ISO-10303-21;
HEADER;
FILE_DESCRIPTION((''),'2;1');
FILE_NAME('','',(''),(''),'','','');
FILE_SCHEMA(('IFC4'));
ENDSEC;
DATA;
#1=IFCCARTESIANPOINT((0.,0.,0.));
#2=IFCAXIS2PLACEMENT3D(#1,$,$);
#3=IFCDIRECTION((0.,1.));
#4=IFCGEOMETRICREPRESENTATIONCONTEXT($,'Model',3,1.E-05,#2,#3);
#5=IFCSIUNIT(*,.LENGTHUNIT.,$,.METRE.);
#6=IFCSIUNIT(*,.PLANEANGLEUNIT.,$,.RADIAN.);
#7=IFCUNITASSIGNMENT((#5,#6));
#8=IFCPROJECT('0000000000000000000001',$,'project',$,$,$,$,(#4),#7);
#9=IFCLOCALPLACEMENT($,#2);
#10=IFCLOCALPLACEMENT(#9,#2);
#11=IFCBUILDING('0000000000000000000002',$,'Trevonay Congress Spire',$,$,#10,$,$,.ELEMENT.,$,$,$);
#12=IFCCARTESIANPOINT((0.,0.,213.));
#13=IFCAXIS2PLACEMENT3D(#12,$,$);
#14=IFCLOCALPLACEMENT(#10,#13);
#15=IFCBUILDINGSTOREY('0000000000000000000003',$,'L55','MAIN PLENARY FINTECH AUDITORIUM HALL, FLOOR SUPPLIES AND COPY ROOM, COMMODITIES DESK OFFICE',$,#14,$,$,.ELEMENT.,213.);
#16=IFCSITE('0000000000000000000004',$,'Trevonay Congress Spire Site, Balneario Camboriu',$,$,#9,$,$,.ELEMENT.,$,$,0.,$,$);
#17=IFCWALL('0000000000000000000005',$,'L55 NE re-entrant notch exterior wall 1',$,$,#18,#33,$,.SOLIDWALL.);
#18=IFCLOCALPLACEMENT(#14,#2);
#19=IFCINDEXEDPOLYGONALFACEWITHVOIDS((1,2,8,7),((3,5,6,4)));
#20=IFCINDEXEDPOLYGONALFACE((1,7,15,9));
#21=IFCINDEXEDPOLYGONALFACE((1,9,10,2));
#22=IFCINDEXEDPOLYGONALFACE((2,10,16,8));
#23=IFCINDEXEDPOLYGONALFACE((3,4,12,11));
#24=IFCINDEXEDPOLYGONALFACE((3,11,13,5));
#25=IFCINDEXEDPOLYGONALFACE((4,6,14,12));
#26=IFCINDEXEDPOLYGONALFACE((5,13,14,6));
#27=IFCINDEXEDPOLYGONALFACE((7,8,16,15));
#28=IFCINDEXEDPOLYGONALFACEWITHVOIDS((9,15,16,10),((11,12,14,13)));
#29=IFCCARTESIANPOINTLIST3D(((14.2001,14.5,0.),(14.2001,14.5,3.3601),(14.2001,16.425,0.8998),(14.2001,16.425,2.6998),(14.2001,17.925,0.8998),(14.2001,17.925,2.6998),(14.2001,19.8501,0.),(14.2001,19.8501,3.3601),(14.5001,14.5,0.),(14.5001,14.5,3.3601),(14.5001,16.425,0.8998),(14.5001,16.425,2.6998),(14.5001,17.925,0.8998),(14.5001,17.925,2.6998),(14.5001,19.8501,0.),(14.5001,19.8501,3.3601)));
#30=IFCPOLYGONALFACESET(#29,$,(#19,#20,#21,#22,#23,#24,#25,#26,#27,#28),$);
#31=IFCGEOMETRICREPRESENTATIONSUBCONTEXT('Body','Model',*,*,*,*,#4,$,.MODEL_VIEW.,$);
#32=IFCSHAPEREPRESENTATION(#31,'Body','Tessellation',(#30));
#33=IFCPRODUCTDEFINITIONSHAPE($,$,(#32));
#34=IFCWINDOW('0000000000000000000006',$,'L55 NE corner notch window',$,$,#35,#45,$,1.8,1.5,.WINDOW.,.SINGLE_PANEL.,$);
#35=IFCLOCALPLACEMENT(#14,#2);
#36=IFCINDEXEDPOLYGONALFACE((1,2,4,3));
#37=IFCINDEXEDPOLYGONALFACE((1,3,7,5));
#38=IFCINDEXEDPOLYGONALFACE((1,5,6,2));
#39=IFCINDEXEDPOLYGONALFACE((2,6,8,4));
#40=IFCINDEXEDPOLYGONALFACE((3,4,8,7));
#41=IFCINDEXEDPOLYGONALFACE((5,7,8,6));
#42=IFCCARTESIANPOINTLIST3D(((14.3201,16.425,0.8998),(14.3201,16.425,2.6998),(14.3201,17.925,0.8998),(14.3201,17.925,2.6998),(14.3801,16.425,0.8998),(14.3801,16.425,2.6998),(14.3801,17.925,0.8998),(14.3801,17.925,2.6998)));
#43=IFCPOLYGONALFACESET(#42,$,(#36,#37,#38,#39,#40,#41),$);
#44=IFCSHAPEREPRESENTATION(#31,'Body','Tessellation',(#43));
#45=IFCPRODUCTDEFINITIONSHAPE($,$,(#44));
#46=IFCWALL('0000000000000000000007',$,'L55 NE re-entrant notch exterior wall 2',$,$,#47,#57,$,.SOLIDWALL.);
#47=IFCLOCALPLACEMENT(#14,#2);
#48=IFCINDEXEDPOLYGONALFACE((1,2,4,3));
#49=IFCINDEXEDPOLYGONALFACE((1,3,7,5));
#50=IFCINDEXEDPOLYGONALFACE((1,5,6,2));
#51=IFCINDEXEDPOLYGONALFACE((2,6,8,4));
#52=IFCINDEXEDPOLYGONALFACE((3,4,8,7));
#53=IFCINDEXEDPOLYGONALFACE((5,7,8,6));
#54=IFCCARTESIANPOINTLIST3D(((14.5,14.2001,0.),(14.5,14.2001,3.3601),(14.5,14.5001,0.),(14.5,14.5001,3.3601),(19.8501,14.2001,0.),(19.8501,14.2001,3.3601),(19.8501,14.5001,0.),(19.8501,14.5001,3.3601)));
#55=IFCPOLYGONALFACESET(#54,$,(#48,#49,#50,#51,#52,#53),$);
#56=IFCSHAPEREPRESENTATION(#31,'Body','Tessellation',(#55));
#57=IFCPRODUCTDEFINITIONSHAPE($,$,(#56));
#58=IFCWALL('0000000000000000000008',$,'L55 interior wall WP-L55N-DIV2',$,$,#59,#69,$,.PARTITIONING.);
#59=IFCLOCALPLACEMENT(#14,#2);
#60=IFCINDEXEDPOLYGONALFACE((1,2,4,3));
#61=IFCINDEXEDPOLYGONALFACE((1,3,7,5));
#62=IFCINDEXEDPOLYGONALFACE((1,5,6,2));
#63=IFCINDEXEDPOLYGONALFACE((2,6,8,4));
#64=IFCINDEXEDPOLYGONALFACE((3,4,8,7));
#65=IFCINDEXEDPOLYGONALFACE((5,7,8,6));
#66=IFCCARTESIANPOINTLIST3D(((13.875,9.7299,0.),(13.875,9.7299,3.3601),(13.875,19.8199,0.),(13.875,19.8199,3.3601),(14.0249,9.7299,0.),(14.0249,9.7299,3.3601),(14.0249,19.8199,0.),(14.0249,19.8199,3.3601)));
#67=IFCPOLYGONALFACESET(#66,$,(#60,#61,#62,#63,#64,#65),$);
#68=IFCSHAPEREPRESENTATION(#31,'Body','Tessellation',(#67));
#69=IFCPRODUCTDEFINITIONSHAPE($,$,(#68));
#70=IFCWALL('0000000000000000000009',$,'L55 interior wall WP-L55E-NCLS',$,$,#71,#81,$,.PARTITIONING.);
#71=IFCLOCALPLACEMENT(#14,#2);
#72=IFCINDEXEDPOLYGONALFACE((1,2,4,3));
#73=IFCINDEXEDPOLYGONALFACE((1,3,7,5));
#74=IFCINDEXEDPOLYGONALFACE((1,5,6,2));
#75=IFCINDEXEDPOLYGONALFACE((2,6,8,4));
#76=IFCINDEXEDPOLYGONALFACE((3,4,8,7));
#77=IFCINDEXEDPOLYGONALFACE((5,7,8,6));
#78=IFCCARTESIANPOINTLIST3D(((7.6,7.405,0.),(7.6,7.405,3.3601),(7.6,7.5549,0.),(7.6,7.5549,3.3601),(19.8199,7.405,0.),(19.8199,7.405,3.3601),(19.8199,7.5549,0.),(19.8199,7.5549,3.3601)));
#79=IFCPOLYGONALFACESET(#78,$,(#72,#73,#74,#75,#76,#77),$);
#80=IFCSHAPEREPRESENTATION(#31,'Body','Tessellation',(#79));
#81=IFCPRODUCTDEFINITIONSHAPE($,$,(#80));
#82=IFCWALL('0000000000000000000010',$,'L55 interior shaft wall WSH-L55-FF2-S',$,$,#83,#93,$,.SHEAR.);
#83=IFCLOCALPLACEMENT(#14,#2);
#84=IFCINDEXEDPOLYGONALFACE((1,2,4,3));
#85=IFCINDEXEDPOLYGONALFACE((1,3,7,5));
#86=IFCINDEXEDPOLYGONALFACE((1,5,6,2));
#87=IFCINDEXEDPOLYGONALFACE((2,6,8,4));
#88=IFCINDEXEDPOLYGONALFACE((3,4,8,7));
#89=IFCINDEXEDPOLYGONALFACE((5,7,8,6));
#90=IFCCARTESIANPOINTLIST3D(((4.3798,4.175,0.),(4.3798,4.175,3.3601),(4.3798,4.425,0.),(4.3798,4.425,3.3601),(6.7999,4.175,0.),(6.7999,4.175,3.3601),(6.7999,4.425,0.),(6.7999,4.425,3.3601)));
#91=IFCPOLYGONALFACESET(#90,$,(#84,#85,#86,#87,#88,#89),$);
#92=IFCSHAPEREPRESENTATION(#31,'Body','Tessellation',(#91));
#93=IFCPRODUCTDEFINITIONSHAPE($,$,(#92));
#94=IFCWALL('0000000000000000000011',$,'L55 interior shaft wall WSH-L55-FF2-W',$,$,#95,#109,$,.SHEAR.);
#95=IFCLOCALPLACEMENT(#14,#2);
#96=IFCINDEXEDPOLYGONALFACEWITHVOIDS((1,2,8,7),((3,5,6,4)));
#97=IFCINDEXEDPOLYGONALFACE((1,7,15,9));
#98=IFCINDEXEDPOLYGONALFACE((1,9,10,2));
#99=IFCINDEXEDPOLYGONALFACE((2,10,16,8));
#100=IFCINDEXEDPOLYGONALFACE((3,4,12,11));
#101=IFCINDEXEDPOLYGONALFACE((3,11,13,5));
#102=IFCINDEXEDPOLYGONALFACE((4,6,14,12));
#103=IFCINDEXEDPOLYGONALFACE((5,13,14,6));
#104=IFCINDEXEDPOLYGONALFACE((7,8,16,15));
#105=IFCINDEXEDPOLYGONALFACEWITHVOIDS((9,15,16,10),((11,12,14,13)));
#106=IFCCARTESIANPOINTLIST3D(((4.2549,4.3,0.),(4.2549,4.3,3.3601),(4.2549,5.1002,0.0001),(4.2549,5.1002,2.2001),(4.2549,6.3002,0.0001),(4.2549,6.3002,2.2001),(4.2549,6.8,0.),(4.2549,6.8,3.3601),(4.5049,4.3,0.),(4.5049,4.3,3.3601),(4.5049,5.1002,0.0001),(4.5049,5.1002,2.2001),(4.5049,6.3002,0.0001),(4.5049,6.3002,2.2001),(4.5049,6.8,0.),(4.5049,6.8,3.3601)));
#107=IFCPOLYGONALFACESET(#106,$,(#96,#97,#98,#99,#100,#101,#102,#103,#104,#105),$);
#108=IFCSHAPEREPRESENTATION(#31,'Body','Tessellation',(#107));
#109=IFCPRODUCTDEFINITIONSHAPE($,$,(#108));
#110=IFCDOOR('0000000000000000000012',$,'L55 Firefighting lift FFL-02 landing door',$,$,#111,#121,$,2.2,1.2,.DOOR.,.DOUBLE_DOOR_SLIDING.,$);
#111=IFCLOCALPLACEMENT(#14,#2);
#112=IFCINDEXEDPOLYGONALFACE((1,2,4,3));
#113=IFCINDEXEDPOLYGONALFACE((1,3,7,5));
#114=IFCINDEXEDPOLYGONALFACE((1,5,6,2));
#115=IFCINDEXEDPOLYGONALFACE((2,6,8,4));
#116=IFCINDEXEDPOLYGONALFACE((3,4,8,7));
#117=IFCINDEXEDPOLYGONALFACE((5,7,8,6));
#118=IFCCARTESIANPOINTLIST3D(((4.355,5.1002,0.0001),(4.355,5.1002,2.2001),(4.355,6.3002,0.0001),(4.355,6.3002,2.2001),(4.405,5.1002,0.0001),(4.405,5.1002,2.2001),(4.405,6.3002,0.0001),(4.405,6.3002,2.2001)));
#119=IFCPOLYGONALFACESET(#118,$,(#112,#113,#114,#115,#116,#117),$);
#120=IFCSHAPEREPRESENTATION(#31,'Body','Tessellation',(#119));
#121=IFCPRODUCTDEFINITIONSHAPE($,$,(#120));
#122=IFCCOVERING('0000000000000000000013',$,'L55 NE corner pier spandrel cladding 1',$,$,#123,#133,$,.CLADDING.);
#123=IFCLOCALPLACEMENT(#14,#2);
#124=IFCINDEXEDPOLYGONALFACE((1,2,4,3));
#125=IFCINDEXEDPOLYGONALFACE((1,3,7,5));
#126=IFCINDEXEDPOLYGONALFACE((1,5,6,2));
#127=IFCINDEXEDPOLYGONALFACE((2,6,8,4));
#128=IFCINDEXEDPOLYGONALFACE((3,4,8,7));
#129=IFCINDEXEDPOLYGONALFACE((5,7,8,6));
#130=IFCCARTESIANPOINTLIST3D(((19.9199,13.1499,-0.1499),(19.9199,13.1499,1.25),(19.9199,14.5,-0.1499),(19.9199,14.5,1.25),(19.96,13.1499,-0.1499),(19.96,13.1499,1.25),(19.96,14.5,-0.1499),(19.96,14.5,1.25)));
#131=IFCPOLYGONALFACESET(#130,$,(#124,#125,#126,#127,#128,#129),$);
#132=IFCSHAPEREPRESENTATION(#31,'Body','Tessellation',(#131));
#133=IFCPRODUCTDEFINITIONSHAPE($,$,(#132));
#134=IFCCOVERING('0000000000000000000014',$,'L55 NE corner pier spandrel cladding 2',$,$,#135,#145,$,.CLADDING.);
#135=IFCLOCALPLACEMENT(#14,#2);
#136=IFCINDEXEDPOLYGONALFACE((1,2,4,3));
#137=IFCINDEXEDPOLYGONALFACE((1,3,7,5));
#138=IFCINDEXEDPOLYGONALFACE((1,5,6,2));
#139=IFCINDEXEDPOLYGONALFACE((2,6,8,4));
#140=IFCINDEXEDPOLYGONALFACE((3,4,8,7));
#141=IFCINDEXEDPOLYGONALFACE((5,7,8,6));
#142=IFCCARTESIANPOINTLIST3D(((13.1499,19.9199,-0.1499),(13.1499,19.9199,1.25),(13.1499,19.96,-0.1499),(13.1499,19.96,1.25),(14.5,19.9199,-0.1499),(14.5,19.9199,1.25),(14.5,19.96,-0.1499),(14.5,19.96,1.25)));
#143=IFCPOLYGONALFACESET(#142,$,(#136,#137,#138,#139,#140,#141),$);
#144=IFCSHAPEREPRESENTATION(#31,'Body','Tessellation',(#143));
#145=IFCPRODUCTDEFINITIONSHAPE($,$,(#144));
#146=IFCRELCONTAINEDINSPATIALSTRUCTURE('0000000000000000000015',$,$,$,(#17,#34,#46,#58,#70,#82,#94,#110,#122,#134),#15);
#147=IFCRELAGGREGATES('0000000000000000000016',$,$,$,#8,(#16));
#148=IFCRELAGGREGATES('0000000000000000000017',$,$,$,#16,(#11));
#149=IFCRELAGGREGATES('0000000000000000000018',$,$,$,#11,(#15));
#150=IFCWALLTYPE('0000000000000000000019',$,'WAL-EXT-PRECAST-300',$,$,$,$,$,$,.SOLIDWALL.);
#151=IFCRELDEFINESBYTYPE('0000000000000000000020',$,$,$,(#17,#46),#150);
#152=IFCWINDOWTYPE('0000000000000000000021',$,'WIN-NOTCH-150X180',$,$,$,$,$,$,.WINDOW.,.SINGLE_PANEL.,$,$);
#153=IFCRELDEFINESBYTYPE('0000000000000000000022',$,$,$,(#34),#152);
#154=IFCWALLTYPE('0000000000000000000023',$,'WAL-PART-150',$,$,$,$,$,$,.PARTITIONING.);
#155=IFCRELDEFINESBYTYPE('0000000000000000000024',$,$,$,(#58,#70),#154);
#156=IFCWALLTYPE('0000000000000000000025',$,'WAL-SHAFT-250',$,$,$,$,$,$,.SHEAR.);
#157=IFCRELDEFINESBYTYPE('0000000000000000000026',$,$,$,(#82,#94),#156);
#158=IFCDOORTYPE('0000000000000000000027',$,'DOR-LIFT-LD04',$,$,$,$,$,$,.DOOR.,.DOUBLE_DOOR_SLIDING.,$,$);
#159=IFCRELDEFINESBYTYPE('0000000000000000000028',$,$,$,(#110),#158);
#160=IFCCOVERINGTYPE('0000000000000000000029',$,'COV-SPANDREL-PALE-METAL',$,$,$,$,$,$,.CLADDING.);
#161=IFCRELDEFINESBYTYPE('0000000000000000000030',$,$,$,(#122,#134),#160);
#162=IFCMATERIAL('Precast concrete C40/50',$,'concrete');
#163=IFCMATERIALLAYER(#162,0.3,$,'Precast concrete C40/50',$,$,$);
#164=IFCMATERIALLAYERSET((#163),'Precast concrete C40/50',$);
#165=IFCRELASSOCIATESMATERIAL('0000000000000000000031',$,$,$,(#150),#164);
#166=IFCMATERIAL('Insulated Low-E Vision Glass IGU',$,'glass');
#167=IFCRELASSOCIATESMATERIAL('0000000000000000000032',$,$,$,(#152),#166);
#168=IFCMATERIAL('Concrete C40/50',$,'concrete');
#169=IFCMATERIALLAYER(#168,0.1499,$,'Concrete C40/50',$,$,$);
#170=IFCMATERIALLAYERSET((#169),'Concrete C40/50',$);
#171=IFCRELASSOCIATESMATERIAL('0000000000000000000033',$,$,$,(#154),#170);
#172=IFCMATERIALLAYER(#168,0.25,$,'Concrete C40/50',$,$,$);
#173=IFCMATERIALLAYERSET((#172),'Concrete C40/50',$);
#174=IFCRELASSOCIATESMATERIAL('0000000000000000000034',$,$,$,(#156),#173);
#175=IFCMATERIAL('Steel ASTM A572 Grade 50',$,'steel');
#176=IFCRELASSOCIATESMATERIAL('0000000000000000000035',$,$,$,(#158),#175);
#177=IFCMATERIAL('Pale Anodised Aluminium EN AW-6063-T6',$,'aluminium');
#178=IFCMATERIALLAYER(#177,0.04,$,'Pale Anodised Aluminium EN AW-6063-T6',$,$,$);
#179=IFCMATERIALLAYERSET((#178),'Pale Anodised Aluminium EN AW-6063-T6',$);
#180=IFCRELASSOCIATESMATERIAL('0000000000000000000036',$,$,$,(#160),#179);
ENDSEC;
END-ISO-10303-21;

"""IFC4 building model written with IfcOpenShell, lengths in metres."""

from ifc_helpers import new_model, si_unit, direction, frame, frame_2d, origin, place, context, subcontext, project, spatial, rectangle, extrude, material, layer, layer_set, type_object, element, fill, save


model = new_model("IFC4")

# Units and contexts
model_context = context("Model", 3, precision=1e-05, world=origin(), true_north=direction((0.0, 1.0)))
body_context = subcontext(model_context, "Body", "Model", "MODEL_VIEW")
ifc_project = project(units=[si_unit("LENGTHUNIT", "METRE"), si_unit("PLANEANGLEUNIT", "RADIAN")], contexts=[model_context])

# Site, building, storey
site_placement = place(None, origin())
site = spatial("IfcSite", under=ifc_project, at=site_placement, Name="Trevonay Congress Spire Site, Balneario Camboriu", CompositionType="ELEMENT", RefElevation=0.0)
building_placement = place(site_placement, origin())
building = spatial("IfcBuilding", under=site, at=building_placement, Name="Trevonay Congress Spire", CompositionType="ELEMENT")
storey_placement = place(building_placement, frame((0.0, 0.0, 213.0)))
storey = spatial("IfcBuildingStorey", under=building, at=storey_placement, Name="L55", Description="MAIN PLENARY FINTECH AUDITORIUM HALL, FLOOR SUPPLIES AND COPY ROOM, COMMODITIES DESK OFFICE", CompositionType="ELEMENT", Elevation=213.0)

# Shared definitions
ifc_material_1 = material(Name="Steel ASTM A572 Grade 50", Category="steel")

# Shared definitions
ifc_material_2 = material(Name="Pale Anodised Aluminium EN AW-6063-T6", Category="aluminium")

# Shared definitions
ifc_material_3 = material(Name="Insulated Low-E Vision Glass IGU", Category="glass")

# Shared definitions
ifc_material_4 = material(Name="Precast concrete C40/50", Category="concrete")
ifc_layer_1 = layer(ifc_material_4, 0.3, Name="Precast concrete C40/50")
ifc_layer_set_1 = layer_set([ifc_layer_1], Name="Precast concrete C40/50")
wall_type_1 = type_object("IfcWallType", Name="WAL-EXT-PRECAST-300", PredefinedType="SOLIDWALL", material=ifc_layer_set_1)

# Wall, opening, window
wall_1_placement = place(storey_placement, frame((14.3501, 19.8501, 0.0), z_axis=(0.0, 0.0, 1.0), x_axis=(0.0, -1.0, 0.0)))
wall_1 = element("IfcWall", 1, at=wall_1_placement, inside=storey, type_object=wall_type_1, Name="L55 NE re-entrant notch exterior wall 1", PredefinedType="SOLIDWALL", context=body_context, shape_type="SweptSolid", body=[
    extrude(rectangle(XDim=5.3501, YDim=0.3, at=frame_2d((2.675, 0.0))), origin(), (0.0, 0.0, 1.0), 3.3601),
])
opening_1_placement = place(wall_1_placement, frame((1.925, 0.0, 0.8999)))
opening_1 = element("IfcOpeningElement", 2, at=opening_1_placement, cuts=wall_1, PredefinedType="OPENING", context=body_context, shape_type="SweptSolid", body=[
    extrude(rectangle(XDim=1.5, YDim=1.8, at=frame_2d((0.75, 0.8999))), frame((0.0, 0.1602, 0.0), z_axis=(0.0, -1.0, 0.0), x_axis=(1.0, 0.0, 0.0)), (0.0, 0.0, 1.0), 0.3201),
])
window_type = type_object("IfcWindowType", Name="WIN-NOTCH-150X180", PartitioningType="SINGLE_PANEL", PredefinedType="WINDOW", material=ifc_material_3)
window_placement = place(opening_1_placement, origin())
window = element("IfcWindow", 3, at=window_placement, inside=storey, type_object=window_type, Name="L55 NE corner notch window", OverallHeight=1.8, OverallWidth=1.5, PartitioningType="SINGLE_PANEL", PredefinedType="WINDOW", context=body_context, shape_type="SweptSolid", body=[
    extrude(rectangle(XDim=1.5, YDim=1.8, at=frame_2d((0.75, 0.8999))), frame((0.0, 0.03, 0.0), z_axis=(0.0, -1.0, 0.0), x_axis=(1.0, 0.0, 0.0)), (0.0, 0.0, 1.0), 0.0601),
])
fill(opening_1, window)

# Walls
wall_2_placement = place(storey_placement, frame((19.8501, 14.3501, 0.0), z_axis=(0.0, 0.0, 1.0), x_axis=(-1.0, 0.0, 0.0)))
element("IfcWall", 4, at=wall_2_placement, inside=storey, type_object=wall_type_1, Name="L55 NE re-entrant notch exterior wall 2", PredefinedType="SOLIDWALL", context=body_context, shape_type="SweptSolid", body=[
    extrude(rectangle(XDim=5.3501, YDim=0.3, at=frame_2d((2.675, 0.0))), origin(), (0.0, 0.0, 1.0), 3.3601),
])
ifc_material_5 = material(Name="Concrete C40/50", Category="concrete")
ifc_layer_2 = layer(ifc_material_5, 0.1499, Name="Concrete C40/50")
ifc_layer_set_2 = layer_set([ifc_layer_2], Name="Concrete C40/50")
wall_type_2 = type_object("IfcWallType", Name="WAL-PART-150", PredefinedType="PARTITIONING", material=ifc_layer_set_2)
wall_3_placement = place(storey_placement, frame((13.95, 9.73, 0.0), z_axis=(0.0, 0.0, 1.0), x_axis=(0.0, 1.0, 0.0)))
element("IfcWall", 5, at=wall_3_placement, inside=storey, type_object=wall_type_2, Name="L55 interior wall WP-L55N-DIV2", PredefinedType="PARTITIONING", context=body_context, shape_type="SweptSolid", body=[
    extrude(rectangle(XDim=10.0901, YDim=0.1499, at=frame_2d((5.0449, 0.0))), origin(), (0.0, 0.0, 1.0), 3.3601),
])
wall_4_placement = place(storey_placement, frame((7.6001, 7.48, 0.0), z_axis=(0.0, 0.0, 1.0), x_axis=(1.0, 0.0, 0.0)))
element("IfcWall", 6, at=wall_4_placement, inside=storey, type_object=wall_type_2, Name="L55 interior wall WP-L55E-NCLS", PredefinedType="PARTITIONING", context=body_context, shape_type="SweptSolid", body=[
    extrude(rectangle(XDim=12.22, YDim=0.1499, at=frame_2d((6.1099, 0.0))), origin(), (0.0, 0.0, 1.0), 3.3601),
])
ifc_layer_3 = layer(ifc_material_5, 0.25, Name="Concrete C40/50")
ifc_layer_set_3 = layer_set([ifc_layer_3], Name="Concrete C40/50")
wall_type_3 = type_object("IfcWallType", Name="WAL-SHAFT-250", PredefinedType="SHEAR", material=ifc_layer_set_3)
wall_5_placement = place(storey_placement, frame((4.3799, 4.3, 0.0), z_axis=(0.0, 0.0, 1.0), x_axis=(1.0, 0.0, 0.0)))
element("IfcWall", 7, at=wall_5_placement, inside=storey, type_object=wall_type_3, Name="L55 interior shaft wall WSH-L55-FF2-S", PredefinedType="SHEAR", context=body_context, shape_type="SweptSolid", body=[
    extrude(rectangle(XDim=2.4202, YDim=0.25, at=frame_2d((1.21, 0.0))), origin(), (0.0, 0.0, 1.0), 3.3601),
])

# Wall, opening, door
wall_6_placement = place(storey_placement, frame((4.3799, 4.3, 0.0), z_axis=(0.0, 0.0, 1.0), x_axis=(0.0, 1.0, 0.0)))
wall_6 = element("IfcWall", 8, at=wall_6_placement, inside=storey, type_object=wall_type_3, Name="L55 interior shaft wall WSH-L55-FF2-W", PredefinedType="SHEAR", context=body_context, shape_type="SweptSolid", body=[
    extrude(rectangle(XDim=2.5, YDim=0.25, at=frame_2d((1.25, 0.0))), origin(), (0.0, 0.0, 1.0), 3.3601),
])
opening_2_placement = place(wall_6_placement, frame((0.8, 0.0, 0.0)))
opening_2 = element("IfcOpeningElement", 9, at=opening_2_placement, cuts=wall_6, PredefinedType="OPENING", context=body_context, shape_type="SweptSolid", body=[
    extrude(rectangle(XDim=1.2, YDim=2.2, at=frame_2d((0.6001, 1.1001))), frame((0.0, 0.135, 0.0), z_axis=(0.0, -1.0, 0.0), x_axis=(1.0, 0.0, 0.0)), (0.0, 0.0, 1.0), 0.27),
])
door_type = type_object("IfcDoorType", Name="DOR-LIFT-LD04", OperationType="DOUBLE_DOOR_SLIDING", PredefinedType="DOOR", material=ifc_material_1)
door_placement = place(opening_2_placement, origin())
door = element("IfcDoor", 10, at=door_placement, inside=storey, type_object=door_type, Name="L55 Firefighting lift FFL-02 landing door", OperationType="DOUBLE_DOOR_SLIDING", OverallHeight=2.2, OverallWidth=1.2, PredefinedType="DOOR", context=body_context, shape_type="SweptSolid", body=[
    extrude(rectangle(XDim=1.2, YDim=2.2, at=frame_2d((0.6001, 1.1001))), frame((0.0, 0.0249, 0.0), z_axis=(0.0, -1.0, 0.0), x_axis=(1.0, 0.0, 0.0)), (0.0, 0.0, 1.0), 0.05),
])
fill(opening_2, door)

# Coverings
ifc_layer_4 = layer(ifc_material_2, 0.04, Name="Pale Anodised Aluminium EN AW-6063-T6")
ifc_layer_set_4 = layer_set([ifc_layer_4], Name="Pale Anodised Aluminium EN AW-6063-T6")
covering_type = type_object("IfcCoveringType", Name="COV-SPANDREL-PALE-METAL", PredefinedType="CLADDING", material=ifc_layer_set_4)
for number, where, z_axis, x_axis, name in (
    (11, (19.9399, 13.1499, -0.1499), (0.0, 0.0, 1.0), (0.0, 1.0, 0.0), "L55 NE corner pier spandrel cladding 1"),
    (12, (13.1499, 19.9399, -0.1499), (0.0, 0.0, 1.0), (1.0, 0.0, 0.0), "L55 NE corner pier spandrel cladding 2"),
):
    element("IfcCovering", number, at=place(storey_placement, frame(where, z_axis=z_axis, x_axis=x_axis)), inside=storey, type_object=covering_type, Name=name, PredefinedType="CLADDING", context=body_context, shape_type="SweptSolid", body=[
        extrude(rectangle(XDim=1.3501, YDim=0.04, at=frame_2d((0.675, 0.0))), origin(), (0.0, 0.0, 1.0), 1.3999),
    ])

save(model, "model.ifc")
